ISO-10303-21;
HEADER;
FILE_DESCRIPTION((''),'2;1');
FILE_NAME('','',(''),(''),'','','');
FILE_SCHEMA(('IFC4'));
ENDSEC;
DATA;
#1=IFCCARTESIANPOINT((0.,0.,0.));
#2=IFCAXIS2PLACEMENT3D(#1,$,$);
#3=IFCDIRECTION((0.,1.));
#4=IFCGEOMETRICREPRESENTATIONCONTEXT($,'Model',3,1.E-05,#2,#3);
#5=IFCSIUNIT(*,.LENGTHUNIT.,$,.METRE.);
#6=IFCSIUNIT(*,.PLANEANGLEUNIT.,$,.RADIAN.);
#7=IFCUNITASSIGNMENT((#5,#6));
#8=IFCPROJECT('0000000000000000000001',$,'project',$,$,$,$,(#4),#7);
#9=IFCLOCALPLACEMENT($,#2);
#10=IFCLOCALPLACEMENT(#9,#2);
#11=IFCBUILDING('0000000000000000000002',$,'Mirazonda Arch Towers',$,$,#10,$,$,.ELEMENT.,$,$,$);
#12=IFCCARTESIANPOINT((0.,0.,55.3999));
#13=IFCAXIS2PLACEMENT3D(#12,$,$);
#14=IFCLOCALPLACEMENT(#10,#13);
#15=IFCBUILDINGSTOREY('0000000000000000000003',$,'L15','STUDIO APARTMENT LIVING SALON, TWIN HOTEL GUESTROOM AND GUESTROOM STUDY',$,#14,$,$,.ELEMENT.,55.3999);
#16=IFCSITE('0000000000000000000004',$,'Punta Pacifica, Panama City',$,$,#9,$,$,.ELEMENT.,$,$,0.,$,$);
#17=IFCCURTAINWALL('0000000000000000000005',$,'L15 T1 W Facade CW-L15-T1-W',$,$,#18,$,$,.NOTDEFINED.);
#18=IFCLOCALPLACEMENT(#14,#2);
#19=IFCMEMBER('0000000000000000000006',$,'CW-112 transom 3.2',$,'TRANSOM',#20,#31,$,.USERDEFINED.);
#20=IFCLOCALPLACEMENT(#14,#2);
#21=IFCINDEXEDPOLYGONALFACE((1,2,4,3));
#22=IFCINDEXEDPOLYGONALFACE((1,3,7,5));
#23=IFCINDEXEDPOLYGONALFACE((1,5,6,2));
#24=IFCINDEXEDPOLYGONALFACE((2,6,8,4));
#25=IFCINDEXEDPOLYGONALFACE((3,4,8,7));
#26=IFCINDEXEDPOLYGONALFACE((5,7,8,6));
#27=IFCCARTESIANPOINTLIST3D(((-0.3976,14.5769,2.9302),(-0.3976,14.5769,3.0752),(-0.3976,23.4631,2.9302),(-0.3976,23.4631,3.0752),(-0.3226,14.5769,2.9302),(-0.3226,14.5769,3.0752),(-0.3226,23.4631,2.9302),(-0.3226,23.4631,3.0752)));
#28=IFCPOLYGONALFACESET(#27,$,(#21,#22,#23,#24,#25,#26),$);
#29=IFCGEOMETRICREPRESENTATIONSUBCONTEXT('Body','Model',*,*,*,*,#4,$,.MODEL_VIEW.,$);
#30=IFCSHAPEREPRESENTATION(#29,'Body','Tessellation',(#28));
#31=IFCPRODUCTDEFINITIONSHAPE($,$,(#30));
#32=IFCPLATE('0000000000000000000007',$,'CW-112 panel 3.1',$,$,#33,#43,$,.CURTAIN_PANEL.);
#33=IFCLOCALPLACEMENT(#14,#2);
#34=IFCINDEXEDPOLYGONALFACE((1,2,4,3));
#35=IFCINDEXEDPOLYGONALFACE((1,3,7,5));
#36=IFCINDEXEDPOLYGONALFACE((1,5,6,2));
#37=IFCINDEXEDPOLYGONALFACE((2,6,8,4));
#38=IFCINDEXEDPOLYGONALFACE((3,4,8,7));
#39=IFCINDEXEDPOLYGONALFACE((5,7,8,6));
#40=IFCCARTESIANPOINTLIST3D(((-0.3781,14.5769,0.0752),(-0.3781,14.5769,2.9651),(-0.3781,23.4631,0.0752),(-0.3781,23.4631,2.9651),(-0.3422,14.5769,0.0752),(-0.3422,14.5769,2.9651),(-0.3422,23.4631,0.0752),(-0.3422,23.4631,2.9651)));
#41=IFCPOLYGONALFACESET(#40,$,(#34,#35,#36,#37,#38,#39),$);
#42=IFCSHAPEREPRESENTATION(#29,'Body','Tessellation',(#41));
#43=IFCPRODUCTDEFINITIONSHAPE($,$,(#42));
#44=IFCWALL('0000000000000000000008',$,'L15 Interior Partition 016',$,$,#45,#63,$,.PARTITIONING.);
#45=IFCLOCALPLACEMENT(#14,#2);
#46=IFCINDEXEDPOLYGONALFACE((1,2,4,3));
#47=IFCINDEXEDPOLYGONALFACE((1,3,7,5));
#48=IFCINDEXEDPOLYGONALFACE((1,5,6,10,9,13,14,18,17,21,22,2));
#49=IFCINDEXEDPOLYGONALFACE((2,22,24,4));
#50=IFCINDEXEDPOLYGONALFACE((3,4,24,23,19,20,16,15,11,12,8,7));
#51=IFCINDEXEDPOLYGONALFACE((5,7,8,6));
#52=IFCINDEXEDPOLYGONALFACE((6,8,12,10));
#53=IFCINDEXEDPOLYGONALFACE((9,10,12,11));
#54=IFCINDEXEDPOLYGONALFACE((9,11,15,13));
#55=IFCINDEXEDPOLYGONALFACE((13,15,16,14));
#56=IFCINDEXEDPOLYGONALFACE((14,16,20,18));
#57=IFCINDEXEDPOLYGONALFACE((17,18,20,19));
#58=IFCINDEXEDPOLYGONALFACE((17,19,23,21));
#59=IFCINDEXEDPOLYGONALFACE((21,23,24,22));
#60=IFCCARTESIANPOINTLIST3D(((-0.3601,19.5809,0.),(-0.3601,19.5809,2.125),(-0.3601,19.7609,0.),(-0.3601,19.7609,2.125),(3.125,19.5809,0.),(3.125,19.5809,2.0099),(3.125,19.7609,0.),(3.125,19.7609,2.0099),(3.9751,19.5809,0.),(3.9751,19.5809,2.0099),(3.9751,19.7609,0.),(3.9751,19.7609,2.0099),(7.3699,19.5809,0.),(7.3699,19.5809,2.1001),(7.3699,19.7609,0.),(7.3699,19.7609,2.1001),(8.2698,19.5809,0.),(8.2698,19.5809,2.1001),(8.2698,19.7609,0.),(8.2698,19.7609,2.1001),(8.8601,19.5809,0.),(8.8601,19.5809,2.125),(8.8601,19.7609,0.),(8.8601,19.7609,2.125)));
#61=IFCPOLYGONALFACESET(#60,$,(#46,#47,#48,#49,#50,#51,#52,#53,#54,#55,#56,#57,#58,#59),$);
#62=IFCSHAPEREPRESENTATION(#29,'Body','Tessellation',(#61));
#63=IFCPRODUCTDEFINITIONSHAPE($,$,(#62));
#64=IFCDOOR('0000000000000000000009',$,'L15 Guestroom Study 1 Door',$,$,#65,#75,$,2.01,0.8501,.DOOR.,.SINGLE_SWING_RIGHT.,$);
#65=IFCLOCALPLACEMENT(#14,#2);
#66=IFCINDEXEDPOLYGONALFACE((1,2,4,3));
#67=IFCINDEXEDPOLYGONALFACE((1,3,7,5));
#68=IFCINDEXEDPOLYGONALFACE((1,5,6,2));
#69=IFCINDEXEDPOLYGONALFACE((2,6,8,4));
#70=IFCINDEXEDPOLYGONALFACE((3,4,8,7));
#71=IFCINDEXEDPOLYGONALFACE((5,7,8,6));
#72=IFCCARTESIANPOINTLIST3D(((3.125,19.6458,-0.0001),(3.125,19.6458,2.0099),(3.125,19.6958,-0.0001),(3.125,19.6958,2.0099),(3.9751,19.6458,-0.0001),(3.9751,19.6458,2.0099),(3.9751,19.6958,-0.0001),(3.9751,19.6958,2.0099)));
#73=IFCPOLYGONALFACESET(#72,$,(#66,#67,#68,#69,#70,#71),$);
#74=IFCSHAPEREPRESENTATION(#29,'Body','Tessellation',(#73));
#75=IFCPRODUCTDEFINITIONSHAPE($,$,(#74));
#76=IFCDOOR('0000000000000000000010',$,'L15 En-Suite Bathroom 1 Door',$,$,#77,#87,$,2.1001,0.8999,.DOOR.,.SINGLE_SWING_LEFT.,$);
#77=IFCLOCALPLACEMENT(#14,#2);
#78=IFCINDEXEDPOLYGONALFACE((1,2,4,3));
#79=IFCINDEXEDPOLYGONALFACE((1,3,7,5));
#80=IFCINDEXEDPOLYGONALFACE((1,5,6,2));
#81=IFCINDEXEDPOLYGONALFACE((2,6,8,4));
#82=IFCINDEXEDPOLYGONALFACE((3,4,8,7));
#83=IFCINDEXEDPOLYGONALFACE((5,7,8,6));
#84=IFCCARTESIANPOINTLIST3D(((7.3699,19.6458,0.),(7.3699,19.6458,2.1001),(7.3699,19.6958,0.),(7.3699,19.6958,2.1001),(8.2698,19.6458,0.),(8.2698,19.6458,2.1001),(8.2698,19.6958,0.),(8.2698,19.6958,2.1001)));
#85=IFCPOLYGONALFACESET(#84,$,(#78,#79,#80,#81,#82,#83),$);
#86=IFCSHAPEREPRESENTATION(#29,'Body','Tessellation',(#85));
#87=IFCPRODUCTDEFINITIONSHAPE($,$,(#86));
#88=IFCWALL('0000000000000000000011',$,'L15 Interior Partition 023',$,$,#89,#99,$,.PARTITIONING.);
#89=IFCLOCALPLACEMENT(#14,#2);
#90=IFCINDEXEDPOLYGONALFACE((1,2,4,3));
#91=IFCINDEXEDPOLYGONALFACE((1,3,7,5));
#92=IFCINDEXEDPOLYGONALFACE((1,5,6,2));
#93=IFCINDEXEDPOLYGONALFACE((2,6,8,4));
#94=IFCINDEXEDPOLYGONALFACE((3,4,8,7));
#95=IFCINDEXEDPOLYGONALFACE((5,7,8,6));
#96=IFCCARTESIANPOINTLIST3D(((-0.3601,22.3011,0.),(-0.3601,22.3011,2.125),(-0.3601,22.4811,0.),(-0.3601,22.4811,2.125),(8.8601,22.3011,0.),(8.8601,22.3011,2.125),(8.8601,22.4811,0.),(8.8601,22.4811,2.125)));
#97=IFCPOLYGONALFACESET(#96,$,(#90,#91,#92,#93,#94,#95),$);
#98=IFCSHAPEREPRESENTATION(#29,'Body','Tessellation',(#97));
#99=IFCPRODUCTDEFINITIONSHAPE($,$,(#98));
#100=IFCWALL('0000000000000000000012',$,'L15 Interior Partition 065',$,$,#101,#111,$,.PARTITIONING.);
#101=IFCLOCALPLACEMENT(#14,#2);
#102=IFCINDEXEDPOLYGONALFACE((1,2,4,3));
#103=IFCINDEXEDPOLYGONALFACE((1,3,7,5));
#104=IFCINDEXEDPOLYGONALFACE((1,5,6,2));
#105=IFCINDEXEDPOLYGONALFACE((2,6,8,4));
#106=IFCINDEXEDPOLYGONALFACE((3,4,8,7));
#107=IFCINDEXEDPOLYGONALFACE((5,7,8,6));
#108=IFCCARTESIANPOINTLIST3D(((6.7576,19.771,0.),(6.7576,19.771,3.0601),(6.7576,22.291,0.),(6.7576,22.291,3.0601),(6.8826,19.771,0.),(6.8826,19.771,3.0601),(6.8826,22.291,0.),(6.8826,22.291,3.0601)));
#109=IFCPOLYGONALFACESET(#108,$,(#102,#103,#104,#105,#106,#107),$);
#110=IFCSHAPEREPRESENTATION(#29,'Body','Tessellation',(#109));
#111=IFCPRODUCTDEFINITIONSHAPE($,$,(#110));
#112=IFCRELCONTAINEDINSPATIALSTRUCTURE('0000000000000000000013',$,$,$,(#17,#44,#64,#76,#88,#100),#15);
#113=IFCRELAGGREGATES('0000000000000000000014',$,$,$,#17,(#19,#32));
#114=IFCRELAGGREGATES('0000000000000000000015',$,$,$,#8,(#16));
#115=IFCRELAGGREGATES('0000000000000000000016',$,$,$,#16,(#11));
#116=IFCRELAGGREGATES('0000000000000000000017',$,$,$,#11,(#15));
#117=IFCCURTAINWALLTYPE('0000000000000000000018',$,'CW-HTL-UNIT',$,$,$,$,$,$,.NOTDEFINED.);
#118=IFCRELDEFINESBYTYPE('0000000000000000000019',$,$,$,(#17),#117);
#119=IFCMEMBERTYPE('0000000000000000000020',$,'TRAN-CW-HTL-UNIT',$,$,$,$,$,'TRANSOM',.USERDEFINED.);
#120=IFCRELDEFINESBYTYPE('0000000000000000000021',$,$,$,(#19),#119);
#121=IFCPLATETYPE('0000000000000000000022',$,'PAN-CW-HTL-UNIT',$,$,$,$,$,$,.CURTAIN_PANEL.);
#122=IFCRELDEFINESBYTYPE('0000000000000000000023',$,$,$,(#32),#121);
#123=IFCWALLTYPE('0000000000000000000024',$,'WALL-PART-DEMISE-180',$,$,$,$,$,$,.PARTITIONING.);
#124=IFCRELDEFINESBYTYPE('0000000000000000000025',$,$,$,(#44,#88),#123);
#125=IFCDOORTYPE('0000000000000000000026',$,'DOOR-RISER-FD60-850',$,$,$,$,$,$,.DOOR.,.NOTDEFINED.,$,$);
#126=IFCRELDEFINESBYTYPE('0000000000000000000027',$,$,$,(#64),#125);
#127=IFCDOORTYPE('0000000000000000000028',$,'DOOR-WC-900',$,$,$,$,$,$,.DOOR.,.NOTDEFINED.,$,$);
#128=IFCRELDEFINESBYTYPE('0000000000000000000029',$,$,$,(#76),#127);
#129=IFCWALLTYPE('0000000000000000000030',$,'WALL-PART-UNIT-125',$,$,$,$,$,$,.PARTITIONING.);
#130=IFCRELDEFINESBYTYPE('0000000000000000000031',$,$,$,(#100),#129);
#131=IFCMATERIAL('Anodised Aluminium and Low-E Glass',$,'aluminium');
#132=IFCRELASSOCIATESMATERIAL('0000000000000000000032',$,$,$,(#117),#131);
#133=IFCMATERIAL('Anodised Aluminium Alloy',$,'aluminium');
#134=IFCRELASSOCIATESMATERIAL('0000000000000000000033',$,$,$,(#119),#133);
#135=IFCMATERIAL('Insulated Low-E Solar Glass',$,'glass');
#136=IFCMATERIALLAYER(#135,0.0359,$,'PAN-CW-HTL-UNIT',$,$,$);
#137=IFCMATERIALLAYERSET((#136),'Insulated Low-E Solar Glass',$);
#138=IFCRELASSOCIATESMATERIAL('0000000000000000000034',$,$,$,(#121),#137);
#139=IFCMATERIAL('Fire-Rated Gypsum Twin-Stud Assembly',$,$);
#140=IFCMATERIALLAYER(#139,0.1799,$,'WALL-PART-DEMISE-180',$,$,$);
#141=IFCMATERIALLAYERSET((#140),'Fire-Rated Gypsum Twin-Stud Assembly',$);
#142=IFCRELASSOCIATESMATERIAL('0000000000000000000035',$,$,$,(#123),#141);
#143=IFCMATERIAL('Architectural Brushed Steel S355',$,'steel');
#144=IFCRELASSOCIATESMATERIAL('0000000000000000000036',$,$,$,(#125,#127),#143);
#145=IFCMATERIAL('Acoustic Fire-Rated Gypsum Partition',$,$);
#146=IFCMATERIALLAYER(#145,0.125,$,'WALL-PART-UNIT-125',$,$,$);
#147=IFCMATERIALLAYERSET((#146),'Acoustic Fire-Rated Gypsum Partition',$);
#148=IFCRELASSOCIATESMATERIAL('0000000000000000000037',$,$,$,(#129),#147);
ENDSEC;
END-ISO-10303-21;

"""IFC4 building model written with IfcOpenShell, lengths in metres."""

from ifc_helpers import new_model, si_unit, direction, frame, frame_2d, origin, origin_2d, place, context, subcontext, project, spatial, rectangle, extrude, material, layer, layer_set, material_profile, profile_set, type_object, element, fill, aggregate, save


model = new_model("IFC4")

# Units and contexts
model_context = context("Model", 3, precision=1e-05, world=origin(), true_north=direction((0.0, 1.0)))
body_context = subcontext(model_context, "Body", "Model", "MODEL_VIEW")
ifc_project = project(units=[si_unit("LENGTHUNIT", "METRE"), si_unit("PLANEANGLEUNIT", "RADIAN")], contexts=[model_context])

# Site, building, storey
site_placement = place(None, origin())
site = spatial("IfcSite", under=ifc_project, at=site_placement, Name="Punta Pacifica, Panama City", CompositionType="ELEMENT", RefElevation=0.0)
building_placement = place(site_placement, origin())
building = spatial("IfcBuilding", under=site, at=building_placement, Name="Mirazonda Arch Towers", CompositionType="ELEMENT")
storey_placement = place(building_placement, frame((0.0, 0.0, 55.3999)))
storey = spatial("IfcBuildingStorey", under=building, at=storey_placement, Name="L15", Description="STUDIO APARTMENT LIVING SALON, TWIN HOTEL GUESTROOM AND GUESTROOM STUDY", CompositionType="ELEMENT", Elevation=55.3999)

# Curtain wall, member, plate
ifc_material_1 = material(Name="Anodised Aluminium and Low-E Glass", Category="aluminium")
curtain_wall_type = type_object("IfcCurtainWallType", Name="CW-HTL-UNIT", PredefinedType="NOTDEFINED", material=ifc_material_1)
curtain_wall_placement = place(storey_placement, origin())
curtain_wall = element("IfcCurtainWall", 1, at=curtain_wall_placement, inside=storey, type_object=curtain_wall_type, Name="L15 T1 W Facade CW-L15-T1-W", PredefinedType="NOTDEFINED")
ifc_material_2 = material(Name="Anodised Aluminium Alloy", Category="aluminium")
ifc_material_profile_1 = material_profile(ifc_material_2, rectangle(XDim=0.075, YDim=0.145, at=origin_2d()), Name="ALU-TRAN-75x145")
ifc_profile_set_1 = profile_set([ifc_material_profile_1], Name="Anodised Aluminium Alloy")
member_type_1 = type_object("IfcMemberType", Name="TRAN-CW-HTL-UNIT", ElementType="TRANSOM", PredefinedType="USERDEFINED", material=ifc_profile_set_1)
member_1_placement = place(storey_placement, frame((-0.3601, 23.4631, 3.0027), z_axis=(0.0, -1.0, 0.0), x_axis=(1.0, 0.0, 0.0)))
member_1 = element("IfcMember", 2, at=member_1_placement, type_object=member_type_1, Name="CW-112 transom 3.2", ObjectType="TRANSOM", PredefinedType="USERDEFINED", context=body_context, shape_type="SweptSolid", body=[
    extrude(rectangle(XDim=0.075, YDim=0.145, at=origin_2d()), origin(), (0.0, 0.0, 1.0), 8.8862),
])
ifc_material_3 = material(Name="Insulated Low-E Solar Glass", Category="glass")
ifc_layer_1 = layer(ifc_material_3, 0.0359, Name="PAN-CW-HTL-UNIT")
ifc_layer_set_1 = layer_set([ifc_layer_1], Name="Insulated Low-E Solar Glass")
plate_type = type_object("IfcPlateType", Name="PAN-CW-HTL-UNIT", PredefinedType="CURTAIN_PANEL", material=ifc_layer_set_1)
plate_placement = place(storey_placement, frame((-0.3601, 19.02, 0.0752), z_axis=(0.0, 0.0, 1.0), x_axis=(0.0, -1.0, 0.0)))
plate = element("IfcPlate", 3, at=plate_placement, type_object=plate_type, Name="CW-112 panel 3.1", PredefinedType="CURTAIN_PANEL", context=body_context, shape_type="SweptSolid", body=[
    extrude(rectangle(XDim=8.8862, YDim=0.0359, at=origin_2d()), origin(), (0.0, 0.0, 1.0), 2.8899),
])
aggregate(curtain_wall, [member_1, plate])

# Wall, openings, doors
ifc_material_4 = material(Name="Fire-Rated Gypsum Twin-Stud Assembly")
ifc_layer_2 = layer(ifc_material_4, 0.1799, Name="WALL-PART-DEMISE-180")
ifc_layer_set_2 = layer_set([ifc_layer_2], Name="Fire-Rated Gypsum Twin-Stud Assembly")
wall_type_1 = type_object("IfcWallType", Name="WALL-PART-DEMISE-180", PredefinedType="PARTITIONING", material=ifc_layer_set_2)
wall_1_placement = place(storey_placement, frame((-0.3601, 19.6709, 0.0), z_axis=(0.0, 0.0, 1.0), x_axis=(1.0, 0.0, 0.0)))
wall_1 = element("IfcWall", 4, at=wall_1_placement, inside=storey, type_object=wall_type_1, Name="L15 Interior Partition 016", PredefinedType="PARTITIONING", context=body_context, shape_type="SweptSolid", body=[
    extrude(rectangle(XDim=9.2202, YDim=0.1799, at=frame_2d((4.6101, 0.0))), origin(), (0.0, 0.0, 1.0), 2.125),
])
opening_1_placement = place(wall_1_placement, frame((3.4851, 0.0, 0.0)))
opening_1 = element("IfcOpeningElement", 5, at=opening_1_placement, cuts=wall_1, PredefinedType="OPENING", context=body_context, shape_type="SweptSolid", body=[
    extrude(rectangle(XDim=0.8501, YDim=2.01, at=frame_2d((0.425, 1.0049))), frame((0.0, 0.0999, 0.0), z_axis=(0.0, -1.0, 0.0), x_axis=(1.0, 0.0, 0.0)), (0.0, 0.0, 1.0), 0.2),
])
opening_2_placement = place(wall_1_placement, frame((7.73, 0.0, 0.0)))
opening_2 = element("IfcOpeningElement", 6, at=opening_2_placement, cuts=wall_1, PredefinedType="OPENING", context=body_context, shape_type="SweptSolid", body=[
    extrude(rectangle(XDim=0.8999, YDim=2.1001, at=frame_2d((0.45, 1.05))), frame((0.0, 0.0999, 0.0), z_axis=(0.0, -1.0, 0.0), x_axis=(1.0, 0.0, 0.0)), (0.0, 0.0, 1.0), 0.2),
])
ifc_material_5 = material(Name="Architectural Brushed Steel S355", Category="steel")
door_type_1 = type_object("IfcDoorType", Name="DOOR-RISER-FD60-850", OperationType="NOTDEFINED", PredefinedType="DOOR", material=ifc_material_5)
door_1_placement = place(opening_1_placement, origin())
door_1 = element("IfcDoor", 7, at=door_1_placement, inside=storey, type_object=door_type_1, Name="L15 Guestroom Study 1 Door", OperationType="SINGLE_SWING_RIGHT", OverallHeight=2.01, OverallWidth=0.8501, PredefinedType="DOOR", context=body_context, shape_type="SweptSolid", body=[
    extrude(rectangle(XDim=0.8501, YDim=2.01, at=frame_2d((0.425, 1.0049))), frame((0.0, 0.0249, 0.0), z_axis=(0.0, -1.0, 0.0), x_axis=(1.0, 0.0, 0.0)), (0.0, 0.0, 1.0), 0.05),
])
fill(opening_1, door_1)
door_type_2 = type_object("IfcDoorType", Name="DOOR-WC-900", OperationType="NOTDEFINED", PredefinedType="DOOR", material=ifc_material_5)
door_2_placement = place(opening_2_placement, origin())
door_2 = element("IfcDoor", 8, at=door_2_placement, inside=storey, type_object=door_type_2, Name="L15 En-Suite Bathroom 1 Door", OperationType="SINGLE_SWING_LEFT", OverallHeight=2.1001, OverallWidth=0.8999, PredefinedType="DOOR", context=body_context, shape_type="SweptSolid", body=[
    extrude(rectangle(XDim=0.8999, YDim=2.1001, at=frame_2d((0.45, 1.05))), frame((0.0, 0.0249, 0.0), z_axis=(0.0, -1.0, 0.0), x_axis=(1.0, 0.0, 0.0)), (0.0, 0.0, 1.0), 0.05),
])
fill(opening_2, door_2)

# Walls
wall_2_placement = place(storey_placement, frame((-0.3601, 22.3911, 0.0), z_axis=(0.0, 0.0, 1.0), x_axis=(1.0, 0.0, 0.0)))
element("IfcWall", 9, at=wall_2_placement, inside=storey, type_object=wall_type_1, Name="L15 Interior Partition 023", PredefinedType="PARTITIONING", context=body_context, shape_type="SweptSolid", body=[
    extrude(rectangle(XDim=9.2202, YDim=0.1799, at=frame_2d((4.6101, 0.0))), origin(), (0.0, 0.0, 1.0), 2.125),
])
ifc_material_6 = material(Name="Acoustic Fire-Rated Gypsum Partition")
ifc_layer_3 = layer(ifc_material_6, 0.125, Name="WALL-PART-UNIT-125")
ifc_layer_set_3 = layer_set([ifc_layer_3], Name="Acoustic Fire-Rated Gypsum Partition")
wall_type_2 = type_object("IfcWallType", Name="WALL-PART-UNIT-125", PredefinedType="PARTITIONING", material=ifc_layer_set_3)
wall_3_placement = place(storey_placement, frame((6.8201, 19.771, 0.0), z_axis=(0.0, 0.0, 1.0), x_axis=(0.0, 1.0, 0.0)))
element("IfcWall", 10, at=wall_3_placement, inside=storey, type_object=wall_type_2, Name="L15 Interior Partition 065", PredefinedType="PARTITIONING", context=body_context, shape_type="SweptSolid", body=[
    extrude(rectangle(XDim=2.52, YDim=0.125, at=frame_2d((1.26, 0.0))), origin(), (0.0, 0.0, 1.0), 3.0601),
])

save(model, "model.ifc")
